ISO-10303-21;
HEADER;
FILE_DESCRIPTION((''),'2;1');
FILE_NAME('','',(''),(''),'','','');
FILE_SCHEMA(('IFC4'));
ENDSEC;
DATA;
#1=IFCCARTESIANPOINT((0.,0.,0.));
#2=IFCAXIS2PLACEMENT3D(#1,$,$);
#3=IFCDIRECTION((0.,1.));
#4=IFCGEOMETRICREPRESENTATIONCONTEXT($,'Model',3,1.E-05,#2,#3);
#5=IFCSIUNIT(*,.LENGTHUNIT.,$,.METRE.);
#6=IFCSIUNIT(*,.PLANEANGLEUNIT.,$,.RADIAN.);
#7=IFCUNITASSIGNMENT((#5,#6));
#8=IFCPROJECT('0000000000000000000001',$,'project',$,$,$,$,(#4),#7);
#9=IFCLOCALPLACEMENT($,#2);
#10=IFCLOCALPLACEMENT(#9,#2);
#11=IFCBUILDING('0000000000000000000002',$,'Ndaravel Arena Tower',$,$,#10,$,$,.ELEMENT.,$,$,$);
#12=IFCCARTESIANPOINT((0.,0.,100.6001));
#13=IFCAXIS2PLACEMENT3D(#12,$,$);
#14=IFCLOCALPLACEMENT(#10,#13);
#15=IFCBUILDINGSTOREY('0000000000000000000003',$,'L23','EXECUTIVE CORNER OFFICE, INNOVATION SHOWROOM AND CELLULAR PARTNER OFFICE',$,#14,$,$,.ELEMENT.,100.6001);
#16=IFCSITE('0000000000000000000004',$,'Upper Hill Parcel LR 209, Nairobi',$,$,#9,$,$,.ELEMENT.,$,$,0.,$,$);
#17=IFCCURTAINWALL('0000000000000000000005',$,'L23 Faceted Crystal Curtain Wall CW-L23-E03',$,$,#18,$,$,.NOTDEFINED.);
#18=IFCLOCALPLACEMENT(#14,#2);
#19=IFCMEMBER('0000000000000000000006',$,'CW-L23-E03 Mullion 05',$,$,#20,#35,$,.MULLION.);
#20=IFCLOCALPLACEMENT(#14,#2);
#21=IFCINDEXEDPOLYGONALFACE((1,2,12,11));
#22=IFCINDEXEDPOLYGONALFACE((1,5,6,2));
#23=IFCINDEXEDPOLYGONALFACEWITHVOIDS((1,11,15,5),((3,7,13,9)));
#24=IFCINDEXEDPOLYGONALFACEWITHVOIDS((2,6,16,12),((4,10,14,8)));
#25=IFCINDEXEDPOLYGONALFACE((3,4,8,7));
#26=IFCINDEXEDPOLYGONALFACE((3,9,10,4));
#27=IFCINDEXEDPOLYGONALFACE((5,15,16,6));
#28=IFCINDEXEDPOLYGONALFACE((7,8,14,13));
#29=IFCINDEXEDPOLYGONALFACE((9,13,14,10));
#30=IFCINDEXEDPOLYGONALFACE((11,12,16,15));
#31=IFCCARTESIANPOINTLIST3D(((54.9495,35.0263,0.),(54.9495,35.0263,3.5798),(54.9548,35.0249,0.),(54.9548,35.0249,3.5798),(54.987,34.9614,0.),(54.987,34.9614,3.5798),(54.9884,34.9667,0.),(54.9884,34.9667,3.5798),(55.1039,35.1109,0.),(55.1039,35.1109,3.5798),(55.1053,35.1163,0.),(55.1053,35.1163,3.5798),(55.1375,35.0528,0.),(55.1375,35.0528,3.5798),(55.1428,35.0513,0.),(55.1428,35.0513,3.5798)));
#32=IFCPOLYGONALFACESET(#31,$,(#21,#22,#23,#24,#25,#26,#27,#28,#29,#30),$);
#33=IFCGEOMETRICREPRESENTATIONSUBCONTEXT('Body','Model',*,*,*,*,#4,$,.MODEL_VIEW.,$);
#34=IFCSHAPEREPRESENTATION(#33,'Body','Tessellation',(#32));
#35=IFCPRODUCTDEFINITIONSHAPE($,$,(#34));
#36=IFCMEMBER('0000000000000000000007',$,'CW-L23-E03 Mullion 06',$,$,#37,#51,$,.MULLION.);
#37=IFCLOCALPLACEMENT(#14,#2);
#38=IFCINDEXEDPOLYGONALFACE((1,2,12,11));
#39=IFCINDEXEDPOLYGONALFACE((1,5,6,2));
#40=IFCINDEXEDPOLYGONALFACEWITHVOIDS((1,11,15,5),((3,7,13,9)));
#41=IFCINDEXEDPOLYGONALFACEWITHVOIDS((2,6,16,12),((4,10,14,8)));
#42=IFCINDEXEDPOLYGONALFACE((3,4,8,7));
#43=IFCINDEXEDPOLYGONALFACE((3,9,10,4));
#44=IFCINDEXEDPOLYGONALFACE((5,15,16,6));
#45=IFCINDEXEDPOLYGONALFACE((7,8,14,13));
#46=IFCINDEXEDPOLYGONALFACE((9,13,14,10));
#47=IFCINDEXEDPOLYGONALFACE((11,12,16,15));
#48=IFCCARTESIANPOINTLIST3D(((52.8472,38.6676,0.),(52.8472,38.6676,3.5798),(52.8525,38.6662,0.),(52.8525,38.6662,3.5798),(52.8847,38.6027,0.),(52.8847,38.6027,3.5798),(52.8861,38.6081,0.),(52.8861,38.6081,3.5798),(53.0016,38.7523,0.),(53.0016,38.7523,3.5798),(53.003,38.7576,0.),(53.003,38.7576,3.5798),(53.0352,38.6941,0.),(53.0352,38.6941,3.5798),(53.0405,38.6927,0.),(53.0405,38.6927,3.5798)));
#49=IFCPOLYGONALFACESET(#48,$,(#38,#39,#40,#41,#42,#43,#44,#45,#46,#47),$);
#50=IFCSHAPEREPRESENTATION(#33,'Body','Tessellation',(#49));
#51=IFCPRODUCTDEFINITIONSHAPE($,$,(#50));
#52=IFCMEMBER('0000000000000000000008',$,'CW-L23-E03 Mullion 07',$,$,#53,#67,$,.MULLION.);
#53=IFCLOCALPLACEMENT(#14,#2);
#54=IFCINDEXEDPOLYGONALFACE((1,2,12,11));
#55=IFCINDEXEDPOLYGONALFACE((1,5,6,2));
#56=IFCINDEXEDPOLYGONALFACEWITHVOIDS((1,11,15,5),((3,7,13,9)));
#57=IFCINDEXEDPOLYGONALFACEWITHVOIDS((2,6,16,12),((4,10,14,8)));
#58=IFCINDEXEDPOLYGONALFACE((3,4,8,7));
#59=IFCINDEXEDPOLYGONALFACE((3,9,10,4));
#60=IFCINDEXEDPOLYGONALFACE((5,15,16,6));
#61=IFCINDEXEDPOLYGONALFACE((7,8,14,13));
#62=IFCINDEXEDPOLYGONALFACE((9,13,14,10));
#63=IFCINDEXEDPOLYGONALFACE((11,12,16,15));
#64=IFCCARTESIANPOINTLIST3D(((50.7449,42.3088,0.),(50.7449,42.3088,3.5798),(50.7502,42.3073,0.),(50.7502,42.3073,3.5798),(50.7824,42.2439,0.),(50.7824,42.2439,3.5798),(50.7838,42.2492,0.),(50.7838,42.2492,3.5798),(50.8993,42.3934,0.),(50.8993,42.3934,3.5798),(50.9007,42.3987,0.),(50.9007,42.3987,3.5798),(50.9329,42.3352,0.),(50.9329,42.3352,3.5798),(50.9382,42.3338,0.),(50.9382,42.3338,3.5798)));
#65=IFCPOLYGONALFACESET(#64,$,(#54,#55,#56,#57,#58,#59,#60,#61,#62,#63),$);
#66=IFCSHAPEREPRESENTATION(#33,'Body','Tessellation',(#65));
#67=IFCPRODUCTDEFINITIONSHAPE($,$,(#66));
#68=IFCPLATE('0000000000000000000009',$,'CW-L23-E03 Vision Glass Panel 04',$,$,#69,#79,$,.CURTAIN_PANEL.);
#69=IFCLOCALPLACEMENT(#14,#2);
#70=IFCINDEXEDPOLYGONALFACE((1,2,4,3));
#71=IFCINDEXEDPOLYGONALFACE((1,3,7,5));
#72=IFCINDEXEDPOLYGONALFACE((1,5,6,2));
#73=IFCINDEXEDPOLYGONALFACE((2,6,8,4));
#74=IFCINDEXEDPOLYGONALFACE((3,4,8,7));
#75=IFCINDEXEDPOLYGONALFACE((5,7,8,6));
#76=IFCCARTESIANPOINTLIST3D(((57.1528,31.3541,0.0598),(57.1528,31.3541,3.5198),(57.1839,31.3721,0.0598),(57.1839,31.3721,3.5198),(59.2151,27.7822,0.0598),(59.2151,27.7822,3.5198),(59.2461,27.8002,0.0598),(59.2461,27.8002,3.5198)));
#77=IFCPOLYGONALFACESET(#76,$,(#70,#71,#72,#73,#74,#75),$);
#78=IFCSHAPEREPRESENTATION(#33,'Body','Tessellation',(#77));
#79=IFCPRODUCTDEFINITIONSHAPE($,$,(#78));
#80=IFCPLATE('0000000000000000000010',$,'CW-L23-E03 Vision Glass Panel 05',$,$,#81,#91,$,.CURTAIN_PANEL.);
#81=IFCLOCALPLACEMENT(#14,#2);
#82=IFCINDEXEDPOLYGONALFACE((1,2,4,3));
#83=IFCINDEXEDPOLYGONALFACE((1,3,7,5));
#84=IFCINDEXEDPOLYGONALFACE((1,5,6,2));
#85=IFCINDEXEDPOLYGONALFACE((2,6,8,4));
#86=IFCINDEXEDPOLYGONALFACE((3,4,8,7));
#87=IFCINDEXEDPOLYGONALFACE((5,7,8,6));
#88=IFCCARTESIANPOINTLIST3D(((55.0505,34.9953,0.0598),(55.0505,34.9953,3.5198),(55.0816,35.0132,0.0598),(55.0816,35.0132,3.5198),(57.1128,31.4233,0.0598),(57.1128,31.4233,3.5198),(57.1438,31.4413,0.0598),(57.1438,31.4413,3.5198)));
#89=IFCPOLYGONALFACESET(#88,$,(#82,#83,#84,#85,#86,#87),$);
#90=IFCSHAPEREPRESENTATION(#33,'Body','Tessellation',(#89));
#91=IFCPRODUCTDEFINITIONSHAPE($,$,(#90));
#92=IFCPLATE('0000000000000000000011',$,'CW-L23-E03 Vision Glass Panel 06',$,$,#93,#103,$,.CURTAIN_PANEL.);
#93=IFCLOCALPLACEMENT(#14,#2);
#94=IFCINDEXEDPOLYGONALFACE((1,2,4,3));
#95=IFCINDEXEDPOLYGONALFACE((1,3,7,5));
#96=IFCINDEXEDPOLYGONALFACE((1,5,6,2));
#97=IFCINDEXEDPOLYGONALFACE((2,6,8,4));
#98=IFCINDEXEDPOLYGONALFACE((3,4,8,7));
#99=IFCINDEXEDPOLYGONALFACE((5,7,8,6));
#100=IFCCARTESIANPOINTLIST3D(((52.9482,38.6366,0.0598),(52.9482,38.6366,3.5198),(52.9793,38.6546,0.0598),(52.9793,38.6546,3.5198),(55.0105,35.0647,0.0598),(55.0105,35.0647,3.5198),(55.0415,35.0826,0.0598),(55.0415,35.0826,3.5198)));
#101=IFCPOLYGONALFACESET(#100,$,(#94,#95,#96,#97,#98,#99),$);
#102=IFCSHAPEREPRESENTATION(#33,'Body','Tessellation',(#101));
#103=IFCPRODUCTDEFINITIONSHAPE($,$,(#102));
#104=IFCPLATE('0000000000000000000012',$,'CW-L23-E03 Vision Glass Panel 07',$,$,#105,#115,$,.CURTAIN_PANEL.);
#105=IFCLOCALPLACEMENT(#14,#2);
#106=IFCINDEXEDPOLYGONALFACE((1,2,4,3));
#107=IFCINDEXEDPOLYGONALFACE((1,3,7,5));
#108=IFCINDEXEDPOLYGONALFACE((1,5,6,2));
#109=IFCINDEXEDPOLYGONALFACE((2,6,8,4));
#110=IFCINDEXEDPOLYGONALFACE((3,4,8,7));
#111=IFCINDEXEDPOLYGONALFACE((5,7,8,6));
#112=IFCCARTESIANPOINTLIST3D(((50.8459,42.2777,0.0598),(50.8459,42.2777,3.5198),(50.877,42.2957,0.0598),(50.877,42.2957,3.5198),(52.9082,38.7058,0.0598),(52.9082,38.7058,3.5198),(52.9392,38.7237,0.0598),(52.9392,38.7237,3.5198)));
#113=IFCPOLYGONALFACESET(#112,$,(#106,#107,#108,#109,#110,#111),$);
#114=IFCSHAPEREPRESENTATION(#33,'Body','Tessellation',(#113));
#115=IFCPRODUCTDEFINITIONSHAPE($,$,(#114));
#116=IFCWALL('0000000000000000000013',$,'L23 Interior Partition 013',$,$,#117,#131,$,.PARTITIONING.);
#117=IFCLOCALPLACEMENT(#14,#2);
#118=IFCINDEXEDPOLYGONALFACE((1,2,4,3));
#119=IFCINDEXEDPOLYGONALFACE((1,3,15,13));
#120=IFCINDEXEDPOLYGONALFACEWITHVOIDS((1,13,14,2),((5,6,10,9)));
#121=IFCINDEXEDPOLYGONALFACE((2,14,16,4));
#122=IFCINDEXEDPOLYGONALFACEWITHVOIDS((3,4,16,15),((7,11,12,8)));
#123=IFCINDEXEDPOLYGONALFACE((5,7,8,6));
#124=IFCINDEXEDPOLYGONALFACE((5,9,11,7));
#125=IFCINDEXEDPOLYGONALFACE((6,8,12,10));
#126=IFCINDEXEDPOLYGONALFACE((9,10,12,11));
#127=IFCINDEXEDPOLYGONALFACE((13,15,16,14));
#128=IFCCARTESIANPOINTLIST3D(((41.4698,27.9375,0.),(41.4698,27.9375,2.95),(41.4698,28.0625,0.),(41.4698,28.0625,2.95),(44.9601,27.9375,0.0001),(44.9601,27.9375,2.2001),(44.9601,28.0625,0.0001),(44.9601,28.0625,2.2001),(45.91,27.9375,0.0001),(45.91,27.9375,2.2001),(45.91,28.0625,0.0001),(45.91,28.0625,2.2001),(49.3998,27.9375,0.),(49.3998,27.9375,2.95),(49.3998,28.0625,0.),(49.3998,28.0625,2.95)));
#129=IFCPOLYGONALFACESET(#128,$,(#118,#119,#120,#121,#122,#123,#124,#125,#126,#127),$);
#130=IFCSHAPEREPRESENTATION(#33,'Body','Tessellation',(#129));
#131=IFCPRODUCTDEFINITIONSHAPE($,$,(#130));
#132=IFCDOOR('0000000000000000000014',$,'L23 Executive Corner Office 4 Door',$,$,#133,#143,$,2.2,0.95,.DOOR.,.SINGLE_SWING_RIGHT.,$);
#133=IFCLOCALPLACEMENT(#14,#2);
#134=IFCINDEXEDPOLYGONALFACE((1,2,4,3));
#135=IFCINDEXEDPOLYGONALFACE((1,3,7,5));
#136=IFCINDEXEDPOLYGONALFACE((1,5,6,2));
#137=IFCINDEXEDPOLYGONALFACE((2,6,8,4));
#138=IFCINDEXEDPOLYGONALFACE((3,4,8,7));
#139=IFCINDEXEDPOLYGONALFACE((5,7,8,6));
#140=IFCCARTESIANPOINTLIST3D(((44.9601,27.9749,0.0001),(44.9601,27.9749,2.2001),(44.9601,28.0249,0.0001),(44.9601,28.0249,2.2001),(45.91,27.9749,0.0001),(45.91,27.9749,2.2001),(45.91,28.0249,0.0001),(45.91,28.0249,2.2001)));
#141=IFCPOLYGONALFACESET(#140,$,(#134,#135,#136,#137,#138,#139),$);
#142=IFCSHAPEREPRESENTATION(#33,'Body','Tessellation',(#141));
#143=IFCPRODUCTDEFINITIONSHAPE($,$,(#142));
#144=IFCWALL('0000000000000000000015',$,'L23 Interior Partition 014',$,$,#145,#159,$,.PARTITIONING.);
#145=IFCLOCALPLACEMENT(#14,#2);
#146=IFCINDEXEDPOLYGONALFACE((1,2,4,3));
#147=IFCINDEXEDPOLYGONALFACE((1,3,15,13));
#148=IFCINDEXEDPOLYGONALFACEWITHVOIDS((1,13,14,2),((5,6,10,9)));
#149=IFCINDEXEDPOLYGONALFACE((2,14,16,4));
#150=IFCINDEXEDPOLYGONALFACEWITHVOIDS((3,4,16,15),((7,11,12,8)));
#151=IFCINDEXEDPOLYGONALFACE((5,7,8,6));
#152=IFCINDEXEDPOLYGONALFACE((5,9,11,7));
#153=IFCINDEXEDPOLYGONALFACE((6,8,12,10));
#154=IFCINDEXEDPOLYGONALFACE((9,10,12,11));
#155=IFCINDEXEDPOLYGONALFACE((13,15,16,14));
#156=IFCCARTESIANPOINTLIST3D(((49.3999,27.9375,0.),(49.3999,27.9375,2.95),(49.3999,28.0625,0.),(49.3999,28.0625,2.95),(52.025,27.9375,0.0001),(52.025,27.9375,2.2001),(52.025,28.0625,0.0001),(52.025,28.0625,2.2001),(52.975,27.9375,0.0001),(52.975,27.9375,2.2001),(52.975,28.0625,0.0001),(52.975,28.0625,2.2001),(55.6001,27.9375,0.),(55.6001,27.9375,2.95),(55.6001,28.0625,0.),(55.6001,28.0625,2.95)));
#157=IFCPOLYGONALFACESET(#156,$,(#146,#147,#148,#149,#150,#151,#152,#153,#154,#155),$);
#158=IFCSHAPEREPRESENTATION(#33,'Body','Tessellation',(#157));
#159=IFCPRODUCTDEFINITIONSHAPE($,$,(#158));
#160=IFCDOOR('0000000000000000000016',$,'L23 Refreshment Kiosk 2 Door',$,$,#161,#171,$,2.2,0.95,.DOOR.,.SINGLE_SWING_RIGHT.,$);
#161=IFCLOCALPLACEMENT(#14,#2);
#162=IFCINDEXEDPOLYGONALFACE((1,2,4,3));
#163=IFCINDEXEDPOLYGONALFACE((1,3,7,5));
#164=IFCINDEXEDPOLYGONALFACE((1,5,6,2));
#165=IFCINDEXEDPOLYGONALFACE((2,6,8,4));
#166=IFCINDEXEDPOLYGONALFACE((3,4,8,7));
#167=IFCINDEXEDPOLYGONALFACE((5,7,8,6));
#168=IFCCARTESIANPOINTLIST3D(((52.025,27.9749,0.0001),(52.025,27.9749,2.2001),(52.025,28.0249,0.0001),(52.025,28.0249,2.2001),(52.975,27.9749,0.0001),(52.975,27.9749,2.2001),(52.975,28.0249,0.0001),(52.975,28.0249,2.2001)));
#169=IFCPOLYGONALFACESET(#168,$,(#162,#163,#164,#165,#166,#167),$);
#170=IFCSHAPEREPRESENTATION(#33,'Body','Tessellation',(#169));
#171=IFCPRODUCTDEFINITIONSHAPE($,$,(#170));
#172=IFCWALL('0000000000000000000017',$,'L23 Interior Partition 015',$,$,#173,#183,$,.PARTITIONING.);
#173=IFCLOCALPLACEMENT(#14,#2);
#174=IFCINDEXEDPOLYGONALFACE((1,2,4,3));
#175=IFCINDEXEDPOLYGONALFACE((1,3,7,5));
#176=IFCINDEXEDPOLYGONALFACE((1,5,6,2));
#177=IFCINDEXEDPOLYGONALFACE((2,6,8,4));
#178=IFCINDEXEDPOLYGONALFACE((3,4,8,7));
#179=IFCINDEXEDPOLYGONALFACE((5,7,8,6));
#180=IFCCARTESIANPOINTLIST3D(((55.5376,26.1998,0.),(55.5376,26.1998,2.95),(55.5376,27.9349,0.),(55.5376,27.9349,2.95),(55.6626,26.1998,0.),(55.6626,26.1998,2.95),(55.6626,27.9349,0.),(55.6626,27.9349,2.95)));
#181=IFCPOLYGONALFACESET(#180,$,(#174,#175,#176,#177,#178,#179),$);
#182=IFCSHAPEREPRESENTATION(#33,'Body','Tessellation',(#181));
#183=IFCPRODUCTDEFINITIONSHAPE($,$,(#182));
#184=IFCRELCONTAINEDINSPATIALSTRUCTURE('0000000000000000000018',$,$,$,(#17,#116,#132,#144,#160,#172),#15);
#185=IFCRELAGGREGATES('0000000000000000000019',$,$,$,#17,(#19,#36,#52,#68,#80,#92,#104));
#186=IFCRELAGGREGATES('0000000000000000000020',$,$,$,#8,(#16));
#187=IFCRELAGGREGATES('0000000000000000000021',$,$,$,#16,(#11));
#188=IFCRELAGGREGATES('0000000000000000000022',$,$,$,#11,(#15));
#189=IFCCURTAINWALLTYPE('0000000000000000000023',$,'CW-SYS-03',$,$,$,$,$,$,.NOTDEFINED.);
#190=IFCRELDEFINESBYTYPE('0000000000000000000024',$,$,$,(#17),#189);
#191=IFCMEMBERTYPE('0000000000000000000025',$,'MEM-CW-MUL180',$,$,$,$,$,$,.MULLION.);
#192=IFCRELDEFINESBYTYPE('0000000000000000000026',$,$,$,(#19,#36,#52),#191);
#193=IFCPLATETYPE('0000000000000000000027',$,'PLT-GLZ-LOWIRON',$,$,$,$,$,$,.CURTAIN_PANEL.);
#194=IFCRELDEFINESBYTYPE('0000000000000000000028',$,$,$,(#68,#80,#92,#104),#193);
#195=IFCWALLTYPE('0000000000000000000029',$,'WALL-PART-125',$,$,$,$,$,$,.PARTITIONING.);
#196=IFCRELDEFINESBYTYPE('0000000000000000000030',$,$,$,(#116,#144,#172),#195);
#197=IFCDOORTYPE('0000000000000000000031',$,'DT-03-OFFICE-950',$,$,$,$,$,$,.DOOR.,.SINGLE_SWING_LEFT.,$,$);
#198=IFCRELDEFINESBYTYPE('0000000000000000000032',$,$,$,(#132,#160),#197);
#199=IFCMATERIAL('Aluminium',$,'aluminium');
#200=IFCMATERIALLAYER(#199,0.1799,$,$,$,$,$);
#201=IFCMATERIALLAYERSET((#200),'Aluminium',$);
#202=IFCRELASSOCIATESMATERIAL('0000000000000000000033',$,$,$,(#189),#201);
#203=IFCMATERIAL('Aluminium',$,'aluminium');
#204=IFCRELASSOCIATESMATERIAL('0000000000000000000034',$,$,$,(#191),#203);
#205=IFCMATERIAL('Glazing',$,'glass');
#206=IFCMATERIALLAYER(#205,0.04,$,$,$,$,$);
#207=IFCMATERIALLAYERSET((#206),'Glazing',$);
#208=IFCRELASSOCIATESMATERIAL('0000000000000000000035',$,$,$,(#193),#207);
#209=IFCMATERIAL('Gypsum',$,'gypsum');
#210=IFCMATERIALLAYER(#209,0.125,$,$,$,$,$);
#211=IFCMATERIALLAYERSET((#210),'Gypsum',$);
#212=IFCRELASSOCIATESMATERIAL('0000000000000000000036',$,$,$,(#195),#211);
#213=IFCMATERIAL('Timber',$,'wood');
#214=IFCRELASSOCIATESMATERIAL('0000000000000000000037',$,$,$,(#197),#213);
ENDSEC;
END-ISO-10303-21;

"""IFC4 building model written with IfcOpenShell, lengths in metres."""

from ifc_helpers import new_model, si_unit, direction, frame, frame_2d, origin, origin_2d, place, context, subcontext, project, spatial, rectangle, hollow_rectangle, extrude, material, layer, layer_set, material_profile, profile_set, type_object, element, fill, aggregate, save


model = new_model("IFC4")

# Units and contexts
model_context = context("Model", 3, precision=1e-05, world=origin(), true_north=direction((0.0, 1.0)))
body_context = subcontext(model_context, "Body", "Model", "MODEL_VIEW")
ifc_project = project(units=[si_unit("LENGTHUNIT", "METRE"), si_unit("PLANEANGLEUNIT", "RADIAN")], contexts=[model_context])

# Site, building, storey
site_placement = place(None, origin())
site = spatial("IfcSite", under=ifc_project, at=site_placement, Name="Upper Hill Parcel LR 209, Nairobi", CompositionType="ELEMENT", RefElevation=0.0)
building_placement = place(site_placement, origin())
building = spatial("IfcBuilding", under=site, at=building_placement, Name="Ndaravel Arena Tower", CompositionType="ELEMENT")
storey_placement = place(building_placement, frame((0.0, 0.0, 100.6001)))
storey = spatial("IfcBuildingStorey", under=building, at=storey_placement, Name="L23", Description="EXECUTIVE CORNER OFFICE, INNOVATION SHOWROOM AND CELLULAR PARTNER OFFICE", CompositionType="ELEMENT", Elevation=100.6001)

# Curtain wall, members, plates
ifc_material_1 = material(Name="Aluminium", Category="aluminium")
ifc_layer_1 = layer(ifc_material_1, 0.1799)
ifc_layer_set_1 = layer_set([ifc_layer_1], Name="Aluminium")
curtain_wall_type = type_object("IfcCurtainWallType", Name="CW-SYS-03", PredefinedType="NOTDEFINED", material=ifc_layer_set_1)
curtain_wall_placement = place(storey_placement, origin())
curtain_wall = element("IfcCurtainWall", 1, at=curtain_wall_placement, inside=storey, type_object=curtain_wall_type, Name="L23 Faceted Crystal Curtain Wall CW-L23-E03", PredefinedType="NOTDEFINED")
ifc_material_2 = material(Name="Aluminium", Category="aluminium")
ifc_material_profile_1 = material_profile(ifc_material_2, hollow_rectangle(XDim=0.075, YDim=0.1799, WallThickness=0.0039, at=origin_2d()), Name="CW MULLION 75x180x4")
ifc_profile_set_1 = profile_set([ifc_material_profile_1], Name="Aluminium")
member_type = type_object("IfcMemberType", Name="MEM-CW-MUL180", PredefinedType="MULLION", material=ifc_profile_set_1)
member_1_placement = place(storey_placement, frame((55.0461, 35.0388, 0.0), z_axis=(0.0, 0.0, 1.0), x_axis=(-0.5, 0.866025, 0.0)))
member_1 = element("IfcMember", 2, at=member_1_placement, type_object=member_type, Name="CW-L23-E03 Mullion 05", PredefinedType="MULLION", context=body_context, shape_type="SweptSolid", body=[
    extrude(hollow_rectangle(XDim=0.075, YDim=0.1799, WallThickness=0.0039, at=origin_2d()), origin(), (0.0, 0.0, 1.0), 3.5798),
])
member_2_placement = place(storey_placement, frame((52.9438, 38.6802, 0.0), z_axis=(0.0, 0.0, 1.0), x_axis=(-0.5, 0.866025, 0.0)))
member_2 = element("IfcMember", 3, at=member_2_placement, type_object=member_type, Name="CW-L23-E03 Mullion 06", PredefinedType="MULLION", context=body_context, shape_type="SweptSolid", body=[
    extrude(hollow_rectangle(XDim=0.075, YDim=0.1799, WallThickness=0.0039, at=origin_2d()), origin(), (0.0, 0.0, 1.0), 3.5798),
])
member_3_placement = place(storey_placement, frame((50.8416, 42.3213, 0.0), z_axis=(0.0, 0.0, 1.0), x_axis=(-0.5, 0.866025, 0.0)))
member_3 = element("IfcMember", 4, at=member_3_placement, type_object=member_type, Name="CW-L23-E03 Mullion 07", PredefinedType="MULLION", context=body_context, shape_type="SweptSolid", body=[
    extrude(hollow_rectangle(XDim=0.075, YDim=0.1799, WallThickness=0.0039, at=origin_2d()), origin(), (0.0, 0.0, 1.0), 3.5798),
])
ifc_material_3 = material(Name="Glazing", Category="glass")
ifc_layer_2 = layer(ifc_material_3, 0.04)
ifc_layer_set_2 = layer_set([ifc_layer_2], Name="Glazing")
plate_type = type_object("IfcPlateType", Name="PLT-GLZ-LOWIRON", PredefinedType="CURTAIN_PANEL", material=ifc_layer_set_2)
plate_1_placement = place(storey_placement, frame((58.1995, 29.5771, 0.0598), z_axis=(0.0, 0.0, 1.0), x_axis=(-0.5, 0.866025, 0.0)))
plate_1 = element("IfcPlate", 5, at=plate_1_placement, type_object=plate_type, Name="CW-L23-E03 Vision Glass Panel 04", PredefinedType="CURTAIN_PANEL", context=body_context, shape_type="SweptSolid", body=[
    extrude(rectangle(XDim=4.1245, YDim=0.0359, at=origin_2d()), origin(), (0.0, 0.0, 1.0), 3.46),
])
plate_2_placement = place(storey_placement, frame((56.0972, 33.2183, 0.0598), z_axis=(0.0, 0.0, 1.0), x_axis=(-0.5, 0.866025, 0.0)))
plate_2 = element("IfcPlate", 6, at=plate_2_placement, type_object=plate_type, Name="CW-L23-E03 Vision Glass Panel 05", PredefinedType="CURTAIN_PANEL", context=body_context, shape_type="SweptSolid", body=[
    extrude(rectangle(XDim=4.1245, YDim=0.0359, at=origin_2d()), origin(), (0.0, 0.0, 1.0), 3.46),
])
plate_3_placement = place(storey_placement, frame((53.9949, 36.8596, 0.0598), z_axis=(0.0, 0.0, 1.0), x_axis=(-0.5, 0.866025, 0.0)))
plate_3 = element("IfcPlate", 7, at=plate_3_placement, type_object=plate_type, Name="CW-L23-E03 Vision Glass Panel 06", PredefinedType="CURTAIN_PANEL", context=body_context, shape_type="SweptSolid", body=[
    extrude(rectangle(XDim=4.1245, YDim=0.0359, at=origin_2d()), origin(), (0.0, 0.0, 1.0), 3.46),
])
plate_4_placement = place(storey_placement, frame((51.8926, 40.5007, 0.0598), z_axis=(0.0, 0.0, 1.0), x_axis=(-0.5, 0.866025, 0.0)))
plate_4 = element("IfcPlate", 8, at=plate_4_placement, type_object=plate_type, Name="CW-L23-E03 Vision Glass Panel 07", PredefinedType="CURTAIN_PANEL", context=body_context, shape_type="SweptSolid", body=[
    extrude(rectangle(XDim=4.1245, YDim=0.0359, at=origin_2d()), origin(), (0.0, 0.0, 1.0), 3.46),
])
aggregate(curtain_wall, [member_1, member_2, member_3, plate_1, plate_2, plate_3, plate_4])

# Walls, openings, doors
ifc_material_4 = material(Name="Gypsum", Category="gypsum")
ifc_layer_3 = layer(ifc_material_4, 0.125)
ifc_layer_set_3 = layer_set([ifc_layer_3], Name="Gypsum")
wall_type = type_object("IfcWallType", Name="WALL-PART-125", PredefinedType="PARTITIONING", material=ifc_layer_set_3)
wall_1_placement = place(storey_placement, frame((41.47, 28.0, 0.0), z_axis=(0.0, 0.0, 1.0), x_axis=(1.0, 0.0, 0.0)))
wall_1 = element("IfcWall", 9, at=wall_1_placement, inside=storey, type_object=wall_type, Name="L23 Interior Partition 013", PredefinedType="PARTITIONING", context=body_context, shape_type="SweptSolid", body=[
    extrude(rectangle(XDim=7.9299, YDim=0.125, at=frame_2d((3.9648, 0.0))), origin(), (0.0, 0.0, 1.0), 2.95),
])
opening_1_placement = place(wall_1_placement, frame((3.49, 0.0, 0.0)))
opening_1 = element("IfcOpeningElement", 10, at=opening_1_placement, cuts=wall_1, PredefinedType="OPENING", context=body_context, shape_type="SweptSolid", body=[
    extrude(rectangle(XDim=0.95, YDim=2.2, at=frame_2d((0.4751, 1.1001))), frame((0.0, 0.0625, 0.0), z_axis=(0.0, -1.0, 0.0), x_axis=(1.0, 0.0, 0.0)), (0.0, 0.0, 1.0), 0.125),
])
ifc_material_5 = material(Name="Timber", Category="wood")
door_type = type_object("IfcDoorType", Name="DT-03-OFFICE-950", OperationType="SINGLE_SWING_LEFT", PredefinedType="DOOR", material=ifc_material_5)
door_1_placement = place(opening_1_placement, origin())
door_1 = element("IfcDoor", 11, at=door_1_placement, inside=storey, type_object=door_type, Name="L23 Executive Corner Office 4 Door", OperationType="SINGLE_SWING_RIGHT", OverallHeight=2.2, OverallWidth=0.95, PredefinedType="DOOR", context=body_context, shape_type="SweptSolid", body=[
    extrude(rectangle(XDim=0.95, YDim=2.2, at=frame_2d((0.4751, 1.1001))), frame((0.0, 0.0249, 0.0), z_axis=(0.0, -1.0, 0.0), x_axis=(1.0, 0.0, 0.0)), (0.0, 0.0, 1.0), 0.05),
])
fill(opening_1, door_1)
wall_2_placement = place(storey_placement, frame((49.3999, 28.0, 0.0), z_axis=(0.0, 0.0, 1.0), x_axis=(1.0, 0.0, 0.0)))
wall_2 = element("IfcWall", 12, at=wall_2_placement, inside=storey, type_object=wall_type, Name="L23 Interior Partition 014", PredefinedType="PARTITIONING", context=body_context, shape_type="SweptSolid", body=[
    extrude(rectangle(XDim=6.2002, YDim=0.125, at=frame_2d((3.1001, 0.0))), origin(), (0.0, 0.0, 1.0), 2.95),
])
opening_2_placement = place(wall_2_placement, frame((2.625, 0.0, 0.0)))
opening_2 = element("IfcOpeningElement", 13, at=opening_2_placement, cuts=wall_2, PredefinedType="OPENING", context=body_context, shape_type="SweptSolid", body=[
    extrude(rectangle(XDim=0.95, YDim=2.2, at=frame_2d((0.4751, 1.1001))), frame((0.0, 0.0625, 0.0), z_axis=(0.0, -1.0, 0.0), x_axis=(1.0, 0.0, 0.0)), (0.0, 0.0, 1.0), 0.125),
])
door_2_placement = place(opening_2_placement, origin())
door_2 = element("IfcDoor", 14, at=door_2_placement, inside=storey, type_object=door_type, Name="L23 Refreshment Kiosk 2 Door", OperationType="SINGLE_SWING_RIGHT", OverallHeight=2.2, OverallWidth=0.95, PredefinedType="DOOR", context=body_context, shape_type="SweptSolid", body=[
    extrude(rectangle(XDim=0.95, YDim=2.2, at=frame_2d((0.4751, 1.1001))), frame((0.0, 0.0249, 0.0), z_axis=(0.0, -1.0, 0.0), x_axis=(1.0, 0.0, 0.0)), (0.0, 0.0, 1.0), 0.05),
])
fill(opening_2, door_2)

# Wall
wall_3_placement = place(storey_placement, frame((55.6001, 27.9351, 0.0), z_axis=(0.0, 0.0, 1.0), x_axis=(0.0, -1.0, 0.0)))
element("IfcWall", 15, at=wall_3_placement, inside=storey, type_object=wall_type, Name="L23 Interior Partition 015", PredefinedType="PARTITIONING", context=body_context, shape_type="SweptSolid", body=[
    extrude(rectangle(XDim=1.7351, YDim=0.125, at=frame_2d((0.8677, 0.0))), origin(), (0.0, 0.0, 1.0), 2.95),
])

save(model, "model.ifc")
